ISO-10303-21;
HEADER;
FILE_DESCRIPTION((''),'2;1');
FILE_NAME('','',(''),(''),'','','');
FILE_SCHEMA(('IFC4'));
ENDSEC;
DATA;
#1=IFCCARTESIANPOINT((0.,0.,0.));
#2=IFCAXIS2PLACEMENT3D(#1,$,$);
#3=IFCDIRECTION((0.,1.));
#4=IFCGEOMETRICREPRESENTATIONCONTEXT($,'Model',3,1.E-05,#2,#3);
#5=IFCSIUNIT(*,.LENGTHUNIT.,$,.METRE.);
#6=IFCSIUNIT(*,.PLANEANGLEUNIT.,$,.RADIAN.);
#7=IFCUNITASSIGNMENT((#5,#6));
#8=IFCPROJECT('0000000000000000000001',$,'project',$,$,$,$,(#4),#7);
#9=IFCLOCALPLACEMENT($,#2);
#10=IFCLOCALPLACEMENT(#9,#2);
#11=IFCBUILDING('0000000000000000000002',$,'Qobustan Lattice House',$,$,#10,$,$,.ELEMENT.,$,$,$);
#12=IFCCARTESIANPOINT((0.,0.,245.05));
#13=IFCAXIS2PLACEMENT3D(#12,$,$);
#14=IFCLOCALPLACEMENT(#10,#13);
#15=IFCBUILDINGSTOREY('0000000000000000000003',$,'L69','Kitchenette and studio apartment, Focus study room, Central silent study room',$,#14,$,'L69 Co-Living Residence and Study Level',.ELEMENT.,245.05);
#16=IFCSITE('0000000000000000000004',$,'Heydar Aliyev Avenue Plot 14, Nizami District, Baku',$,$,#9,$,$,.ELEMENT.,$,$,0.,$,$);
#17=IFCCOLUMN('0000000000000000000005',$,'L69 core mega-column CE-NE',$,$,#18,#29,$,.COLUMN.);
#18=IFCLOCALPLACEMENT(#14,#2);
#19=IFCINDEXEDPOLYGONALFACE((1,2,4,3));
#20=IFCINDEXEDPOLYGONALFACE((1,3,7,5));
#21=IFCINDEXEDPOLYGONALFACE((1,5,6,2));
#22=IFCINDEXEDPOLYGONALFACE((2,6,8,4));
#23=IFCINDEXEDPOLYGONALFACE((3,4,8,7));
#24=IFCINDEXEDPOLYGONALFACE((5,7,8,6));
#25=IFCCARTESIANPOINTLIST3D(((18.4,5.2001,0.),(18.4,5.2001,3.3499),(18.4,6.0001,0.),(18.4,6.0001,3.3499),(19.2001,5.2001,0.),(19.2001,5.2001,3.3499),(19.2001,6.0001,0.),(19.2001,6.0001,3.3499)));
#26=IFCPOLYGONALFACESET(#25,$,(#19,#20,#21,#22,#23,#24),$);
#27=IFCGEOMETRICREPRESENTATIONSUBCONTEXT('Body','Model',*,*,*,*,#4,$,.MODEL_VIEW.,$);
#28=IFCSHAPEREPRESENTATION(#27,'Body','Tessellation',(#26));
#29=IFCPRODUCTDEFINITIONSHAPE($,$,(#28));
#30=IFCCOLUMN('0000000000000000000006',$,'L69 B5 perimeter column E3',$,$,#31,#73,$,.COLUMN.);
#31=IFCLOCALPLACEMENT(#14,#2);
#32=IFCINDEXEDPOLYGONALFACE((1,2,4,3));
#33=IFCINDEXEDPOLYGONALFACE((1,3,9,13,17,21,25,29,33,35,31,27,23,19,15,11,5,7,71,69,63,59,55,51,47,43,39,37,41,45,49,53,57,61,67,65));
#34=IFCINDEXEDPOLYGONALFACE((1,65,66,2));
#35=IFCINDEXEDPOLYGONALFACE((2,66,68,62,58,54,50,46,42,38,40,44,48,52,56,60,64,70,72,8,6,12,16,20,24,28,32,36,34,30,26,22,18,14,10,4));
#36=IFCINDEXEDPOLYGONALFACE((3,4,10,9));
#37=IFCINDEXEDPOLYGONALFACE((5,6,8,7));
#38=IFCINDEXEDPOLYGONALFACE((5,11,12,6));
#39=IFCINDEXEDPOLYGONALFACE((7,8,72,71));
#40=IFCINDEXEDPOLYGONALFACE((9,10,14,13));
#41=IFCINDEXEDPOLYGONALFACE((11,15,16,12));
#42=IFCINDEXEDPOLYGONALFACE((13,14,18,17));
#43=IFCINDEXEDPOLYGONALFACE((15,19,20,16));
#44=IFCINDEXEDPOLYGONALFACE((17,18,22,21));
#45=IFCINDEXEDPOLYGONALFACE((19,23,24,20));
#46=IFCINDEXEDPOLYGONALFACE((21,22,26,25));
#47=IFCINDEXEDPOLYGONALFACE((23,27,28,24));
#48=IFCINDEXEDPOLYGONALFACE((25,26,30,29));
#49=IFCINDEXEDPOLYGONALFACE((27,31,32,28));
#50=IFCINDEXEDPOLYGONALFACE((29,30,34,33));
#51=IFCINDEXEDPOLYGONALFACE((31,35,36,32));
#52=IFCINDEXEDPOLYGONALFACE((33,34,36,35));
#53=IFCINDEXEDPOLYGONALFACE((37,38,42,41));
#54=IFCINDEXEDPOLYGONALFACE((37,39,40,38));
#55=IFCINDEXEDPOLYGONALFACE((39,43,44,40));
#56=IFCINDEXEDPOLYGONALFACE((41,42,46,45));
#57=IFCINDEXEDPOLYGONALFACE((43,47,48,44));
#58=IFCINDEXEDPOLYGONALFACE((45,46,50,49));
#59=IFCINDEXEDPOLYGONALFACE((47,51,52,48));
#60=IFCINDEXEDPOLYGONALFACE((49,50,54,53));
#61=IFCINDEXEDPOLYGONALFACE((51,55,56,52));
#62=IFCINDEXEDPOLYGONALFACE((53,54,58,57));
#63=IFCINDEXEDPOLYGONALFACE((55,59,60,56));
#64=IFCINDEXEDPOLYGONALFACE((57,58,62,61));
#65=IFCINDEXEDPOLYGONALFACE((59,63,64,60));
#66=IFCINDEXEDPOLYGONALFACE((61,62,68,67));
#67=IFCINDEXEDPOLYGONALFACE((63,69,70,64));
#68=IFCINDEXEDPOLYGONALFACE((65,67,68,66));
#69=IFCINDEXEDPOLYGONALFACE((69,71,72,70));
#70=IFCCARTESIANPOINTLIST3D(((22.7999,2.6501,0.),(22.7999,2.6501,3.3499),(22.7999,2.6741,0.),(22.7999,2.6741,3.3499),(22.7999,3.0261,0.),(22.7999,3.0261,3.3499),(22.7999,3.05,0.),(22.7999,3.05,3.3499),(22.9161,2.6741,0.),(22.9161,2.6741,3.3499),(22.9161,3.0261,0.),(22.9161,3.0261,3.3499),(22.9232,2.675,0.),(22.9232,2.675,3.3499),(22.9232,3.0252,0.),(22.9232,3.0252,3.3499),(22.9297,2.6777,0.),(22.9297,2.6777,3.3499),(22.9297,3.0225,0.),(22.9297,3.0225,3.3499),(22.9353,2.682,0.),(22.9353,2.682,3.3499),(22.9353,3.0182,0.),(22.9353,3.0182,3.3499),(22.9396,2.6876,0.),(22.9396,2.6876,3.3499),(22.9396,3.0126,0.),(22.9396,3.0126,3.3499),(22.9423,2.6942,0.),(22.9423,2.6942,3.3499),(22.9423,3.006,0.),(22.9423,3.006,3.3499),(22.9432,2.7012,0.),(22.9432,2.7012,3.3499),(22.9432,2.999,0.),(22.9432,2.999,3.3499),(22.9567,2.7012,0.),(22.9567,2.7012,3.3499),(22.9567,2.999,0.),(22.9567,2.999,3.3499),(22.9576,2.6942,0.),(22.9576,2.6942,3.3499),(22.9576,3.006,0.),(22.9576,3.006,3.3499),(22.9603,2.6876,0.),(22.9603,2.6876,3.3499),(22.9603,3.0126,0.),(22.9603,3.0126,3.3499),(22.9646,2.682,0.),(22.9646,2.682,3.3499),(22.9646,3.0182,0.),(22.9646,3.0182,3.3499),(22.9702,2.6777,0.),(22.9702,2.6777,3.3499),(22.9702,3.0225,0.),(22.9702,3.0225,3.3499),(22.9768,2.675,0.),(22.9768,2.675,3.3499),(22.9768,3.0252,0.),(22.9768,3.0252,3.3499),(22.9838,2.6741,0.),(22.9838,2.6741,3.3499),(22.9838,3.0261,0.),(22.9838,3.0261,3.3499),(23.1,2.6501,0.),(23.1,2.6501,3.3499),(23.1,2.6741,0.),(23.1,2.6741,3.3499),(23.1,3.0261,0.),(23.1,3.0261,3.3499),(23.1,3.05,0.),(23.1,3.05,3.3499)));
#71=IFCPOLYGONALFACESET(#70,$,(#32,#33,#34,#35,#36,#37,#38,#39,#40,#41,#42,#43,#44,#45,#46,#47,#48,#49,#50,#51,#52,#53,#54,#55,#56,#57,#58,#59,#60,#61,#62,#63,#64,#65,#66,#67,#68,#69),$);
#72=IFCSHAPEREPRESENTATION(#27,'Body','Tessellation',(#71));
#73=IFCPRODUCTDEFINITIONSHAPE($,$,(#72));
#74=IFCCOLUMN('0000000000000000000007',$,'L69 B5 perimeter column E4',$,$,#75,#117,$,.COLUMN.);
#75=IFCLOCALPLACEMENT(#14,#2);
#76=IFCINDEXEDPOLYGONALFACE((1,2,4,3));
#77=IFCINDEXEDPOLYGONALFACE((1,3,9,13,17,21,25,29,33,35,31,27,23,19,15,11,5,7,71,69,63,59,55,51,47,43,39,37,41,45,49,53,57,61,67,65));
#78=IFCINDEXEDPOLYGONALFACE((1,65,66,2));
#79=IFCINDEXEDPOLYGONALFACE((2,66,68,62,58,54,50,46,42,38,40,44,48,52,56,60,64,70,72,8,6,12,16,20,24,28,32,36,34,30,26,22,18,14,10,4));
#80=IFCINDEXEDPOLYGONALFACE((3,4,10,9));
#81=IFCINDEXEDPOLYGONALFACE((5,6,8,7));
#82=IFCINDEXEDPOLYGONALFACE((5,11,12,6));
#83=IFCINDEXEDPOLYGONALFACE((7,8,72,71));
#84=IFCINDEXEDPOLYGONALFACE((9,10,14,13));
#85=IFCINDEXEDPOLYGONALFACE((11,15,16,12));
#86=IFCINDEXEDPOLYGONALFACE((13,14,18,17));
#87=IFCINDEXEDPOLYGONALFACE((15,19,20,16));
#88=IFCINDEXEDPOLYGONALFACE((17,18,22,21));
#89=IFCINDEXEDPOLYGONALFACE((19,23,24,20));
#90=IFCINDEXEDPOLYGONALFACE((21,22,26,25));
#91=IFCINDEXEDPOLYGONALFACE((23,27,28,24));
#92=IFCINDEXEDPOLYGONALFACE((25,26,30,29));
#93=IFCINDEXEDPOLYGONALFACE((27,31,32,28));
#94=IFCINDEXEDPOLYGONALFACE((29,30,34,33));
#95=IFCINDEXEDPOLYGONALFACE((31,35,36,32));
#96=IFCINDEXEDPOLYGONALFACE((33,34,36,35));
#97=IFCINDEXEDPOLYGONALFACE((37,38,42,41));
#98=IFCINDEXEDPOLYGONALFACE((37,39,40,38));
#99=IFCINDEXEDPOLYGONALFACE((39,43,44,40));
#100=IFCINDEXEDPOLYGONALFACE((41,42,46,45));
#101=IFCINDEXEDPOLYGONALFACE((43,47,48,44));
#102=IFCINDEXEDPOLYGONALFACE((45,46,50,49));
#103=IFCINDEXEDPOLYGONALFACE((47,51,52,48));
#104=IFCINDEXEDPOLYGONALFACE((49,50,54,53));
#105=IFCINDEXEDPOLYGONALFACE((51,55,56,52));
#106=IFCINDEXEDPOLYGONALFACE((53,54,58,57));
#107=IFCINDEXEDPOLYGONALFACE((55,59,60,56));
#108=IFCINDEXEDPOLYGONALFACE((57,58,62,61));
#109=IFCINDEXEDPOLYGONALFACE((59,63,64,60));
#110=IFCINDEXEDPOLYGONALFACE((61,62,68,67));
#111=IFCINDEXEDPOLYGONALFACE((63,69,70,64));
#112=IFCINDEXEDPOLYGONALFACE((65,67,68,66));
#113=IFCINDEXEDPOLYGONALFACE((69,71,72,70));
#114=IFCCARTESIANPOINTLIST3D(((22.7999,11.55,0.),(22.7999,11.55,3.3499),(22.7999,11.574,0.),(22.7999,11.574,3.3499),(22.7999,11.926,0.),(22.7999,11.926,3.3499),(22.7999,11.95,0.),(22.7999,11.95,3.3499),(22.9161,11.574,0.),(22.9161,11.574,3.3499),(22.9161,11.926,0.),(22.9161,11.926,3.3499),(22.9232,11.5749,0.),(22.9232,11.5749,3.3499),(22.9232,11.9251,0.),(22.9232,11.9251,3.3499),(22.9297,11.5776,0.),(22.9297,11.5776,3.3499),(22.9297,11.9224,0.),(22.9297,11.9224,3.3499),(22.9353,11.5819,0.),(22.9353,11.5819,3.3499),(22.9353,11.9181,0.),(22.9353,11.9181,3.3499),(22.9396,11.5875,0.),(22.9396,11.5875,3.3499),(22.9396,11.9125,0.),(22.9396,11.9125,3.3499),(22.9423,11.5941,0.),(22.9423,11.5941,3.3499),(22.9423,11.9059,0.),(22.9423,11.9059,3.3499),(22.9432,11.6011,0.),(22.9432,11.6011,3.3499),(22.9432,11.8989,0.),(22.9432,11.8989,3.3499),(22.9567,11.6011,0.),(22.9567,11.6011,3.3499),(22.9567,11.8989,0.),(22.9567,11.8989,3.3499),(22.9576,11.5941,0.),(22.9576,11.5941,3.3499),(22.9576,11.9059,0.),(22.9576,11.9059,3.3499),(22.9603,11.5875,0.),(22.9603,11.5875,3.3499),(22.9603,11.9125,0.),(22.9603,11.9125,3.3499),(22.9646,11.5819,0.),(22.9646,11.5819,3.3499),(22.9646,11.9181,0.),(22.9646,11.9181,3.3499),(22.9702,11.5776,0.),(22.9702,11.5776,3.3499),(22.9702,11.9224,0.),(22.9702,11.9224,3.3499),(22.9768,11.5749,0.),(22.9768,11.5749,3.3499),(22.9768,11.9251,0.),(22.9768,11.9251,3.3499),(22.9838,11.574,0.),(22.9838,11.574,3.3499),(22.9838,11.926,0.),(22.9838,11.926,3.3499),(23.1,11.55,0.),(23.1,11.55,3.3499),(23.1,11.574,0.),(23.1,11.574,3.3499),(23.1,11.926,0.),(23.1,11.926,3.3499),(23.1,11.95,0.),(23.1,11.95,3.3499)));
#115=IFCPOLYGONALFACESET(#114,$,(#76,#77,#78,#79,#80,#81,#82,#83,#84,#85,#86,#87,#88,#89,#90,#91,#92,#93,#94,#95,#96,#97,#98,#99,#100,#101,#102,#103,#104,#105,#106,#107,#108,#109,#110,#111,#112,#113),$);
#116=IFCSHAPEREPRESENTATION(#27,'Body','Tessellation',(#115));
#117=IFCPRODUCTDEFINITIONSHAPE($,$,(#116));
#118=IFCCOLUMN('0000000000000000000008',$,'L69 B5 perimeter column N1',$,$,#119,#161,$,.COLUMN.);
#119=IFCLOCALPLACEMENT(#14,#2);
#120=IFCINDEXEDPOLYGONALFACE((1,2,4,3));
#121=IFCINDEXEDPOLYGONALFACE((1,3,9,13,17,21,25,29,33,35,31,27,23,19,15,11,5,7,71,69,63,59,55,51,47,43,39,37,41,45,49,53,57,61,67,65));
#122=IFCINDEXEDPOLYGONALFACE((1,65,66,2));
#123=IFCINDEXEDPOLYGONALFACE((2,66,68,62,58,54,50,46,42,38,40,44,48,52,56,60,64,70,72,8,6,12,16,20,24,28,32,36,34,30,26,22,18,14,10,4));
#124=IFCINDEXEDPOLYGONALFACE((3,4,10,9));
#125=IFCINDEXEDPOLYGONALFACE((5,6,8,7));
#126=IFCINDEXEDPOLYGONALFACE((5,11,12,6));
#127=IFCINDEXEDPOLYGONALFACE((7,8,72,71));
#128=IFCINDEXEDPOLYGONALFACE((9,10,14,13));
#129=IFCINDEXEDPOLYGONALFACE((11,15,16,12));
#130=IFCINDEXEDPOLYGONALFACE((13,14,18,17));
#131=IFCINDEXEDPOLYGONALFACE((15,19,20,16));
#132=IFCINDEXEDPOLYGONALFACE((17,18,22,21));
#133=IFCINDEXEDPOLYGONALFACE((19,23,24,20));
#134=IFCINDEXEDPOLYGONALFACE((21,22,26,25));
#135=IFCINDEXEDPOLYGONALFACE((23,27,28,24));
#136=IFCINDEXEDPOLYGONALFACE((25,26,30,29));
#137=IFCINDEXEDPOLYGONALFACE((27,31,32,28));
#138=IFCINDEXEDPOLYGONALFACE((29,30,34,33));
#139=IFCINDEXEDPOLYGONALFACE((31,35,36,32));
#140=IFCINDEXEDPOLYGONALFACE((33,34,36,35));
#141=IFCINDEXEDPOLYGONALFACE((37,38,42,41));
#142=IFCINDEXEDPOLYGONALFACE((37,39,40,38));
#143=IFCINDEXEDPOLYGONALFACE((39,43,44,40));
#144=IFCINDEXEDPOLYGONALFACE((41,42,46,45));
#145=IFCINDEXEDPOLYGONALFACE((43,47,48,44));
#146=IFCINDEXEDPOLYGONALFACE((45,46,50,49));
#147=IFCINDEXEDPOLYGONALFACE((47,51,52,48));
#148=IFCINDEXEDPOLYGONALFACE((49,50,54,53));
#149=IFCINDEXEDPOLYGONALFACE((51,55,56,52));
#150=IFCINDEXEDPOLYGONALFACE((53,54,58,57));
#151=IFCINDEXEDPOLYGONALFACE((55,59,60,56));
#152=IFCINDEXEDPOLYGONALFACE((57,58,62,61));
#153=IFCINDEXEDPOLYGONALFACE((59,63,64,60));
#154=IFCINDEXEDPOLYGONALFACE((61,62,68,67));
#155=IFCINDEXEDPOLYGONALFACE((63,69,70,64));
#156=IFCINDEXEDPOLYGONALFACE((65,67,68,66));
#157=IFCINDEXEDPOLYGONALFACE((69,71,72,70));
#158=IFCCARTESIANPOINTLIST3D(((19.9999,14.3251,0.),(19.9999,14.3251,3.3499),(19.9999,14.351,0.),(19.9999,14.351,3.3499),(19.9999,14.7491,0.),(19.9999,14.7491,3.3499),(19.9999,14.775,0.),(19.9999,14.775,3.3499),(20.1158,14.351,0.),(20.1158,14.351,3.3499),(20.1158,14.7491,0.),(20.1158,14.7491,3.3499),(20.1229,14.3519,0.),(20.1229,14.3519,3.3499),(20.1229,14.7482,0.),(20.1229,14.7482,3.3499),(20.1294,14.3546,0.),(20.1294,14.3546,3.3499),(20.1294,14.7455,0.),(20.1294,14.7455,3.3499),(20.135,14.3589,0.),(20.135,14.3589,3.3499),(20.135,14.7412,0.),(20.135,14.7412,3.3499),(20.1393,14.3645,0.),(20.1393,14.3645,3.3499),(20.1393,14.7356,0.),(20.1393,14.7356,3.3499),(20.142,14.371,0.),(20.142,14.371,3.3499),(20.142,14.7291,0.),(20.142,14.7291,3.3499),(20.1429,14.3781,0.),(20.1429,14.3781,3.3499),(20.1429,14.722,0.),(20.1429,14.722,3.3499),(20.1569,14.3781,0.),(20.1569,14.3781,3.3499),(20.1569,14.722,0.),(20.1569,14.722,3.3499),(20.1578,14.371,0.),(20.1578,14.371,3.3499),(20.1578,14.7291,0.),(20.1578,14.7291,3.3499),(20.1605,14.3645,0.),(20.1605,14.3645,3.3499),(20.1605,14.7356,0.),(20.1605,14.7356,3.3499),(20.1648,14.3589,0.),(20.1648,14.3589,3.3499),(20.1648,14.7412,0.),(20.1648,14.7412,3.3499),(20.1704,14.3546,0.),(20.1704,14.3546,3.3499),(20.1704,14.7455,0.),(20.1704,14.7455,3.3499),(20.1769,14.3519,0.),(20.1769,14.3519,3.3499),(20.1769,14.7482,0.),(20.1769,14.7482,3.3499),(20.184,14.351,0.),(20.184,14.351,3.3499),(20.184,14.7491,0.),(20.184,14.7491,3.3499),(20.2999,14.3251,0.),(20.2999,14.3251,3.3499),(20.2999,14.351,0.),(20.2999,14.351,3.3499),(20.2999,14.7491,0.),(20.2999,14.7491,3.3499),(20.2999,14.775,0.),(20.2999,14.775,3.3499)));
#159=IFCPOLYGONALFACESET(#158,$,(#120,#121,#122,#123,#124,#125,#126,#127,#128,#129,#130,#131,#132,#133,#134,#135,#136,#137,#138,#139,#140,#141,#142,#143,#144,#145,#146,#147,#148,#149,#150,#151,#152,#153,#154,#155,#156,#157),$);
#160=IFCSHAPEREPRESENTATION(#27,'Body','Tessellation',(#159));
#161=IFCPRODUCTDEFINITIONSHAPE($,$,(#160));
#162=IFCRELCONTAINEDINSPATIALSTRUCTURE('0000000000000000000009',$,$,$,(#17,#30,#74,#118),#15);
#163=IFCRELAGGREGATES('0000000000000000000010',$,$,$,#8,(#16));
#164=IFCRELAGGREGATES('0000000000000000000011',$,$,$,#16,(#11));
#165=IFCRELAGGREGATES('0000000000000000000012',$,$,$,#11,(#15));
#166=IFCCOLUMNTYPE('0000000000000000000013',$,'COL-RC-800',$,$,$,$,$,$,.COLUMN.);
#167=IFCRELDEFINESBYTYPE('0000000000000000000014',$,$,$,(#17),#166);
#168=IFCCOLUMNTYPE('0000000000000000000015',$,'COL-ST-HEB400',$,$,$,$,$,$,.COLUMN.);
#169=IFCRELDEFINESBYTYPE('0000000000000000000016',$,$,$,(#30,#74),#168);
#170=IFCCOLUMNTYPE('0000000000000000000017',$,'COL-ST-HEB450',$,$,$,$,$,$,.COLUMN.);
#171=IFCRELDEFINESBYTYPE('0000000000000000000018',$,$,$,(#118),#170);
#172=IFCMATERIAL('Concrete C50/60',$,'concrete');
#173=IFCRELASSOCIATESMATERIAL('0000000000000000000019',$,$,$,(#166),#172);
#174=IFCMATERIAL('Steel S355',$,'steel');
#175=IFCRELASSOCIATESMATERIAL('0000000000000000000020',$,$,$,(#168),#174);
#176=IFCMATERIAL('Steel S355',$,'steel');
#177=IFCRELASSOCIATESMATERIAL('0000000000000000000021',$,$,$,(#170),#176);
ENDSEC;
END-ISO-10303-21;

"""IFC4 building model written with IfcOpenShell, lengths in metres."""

from ifc_helpers import new_model, si_unit, direction, frame, origin, origin_2d, place, context, subcontext, project, spatial, rectangle, i_section, extrude, material, material_profile, profile_set, type_object, element, save


model = new_model("IFC4")

# Units and contexts
model_context = context("Model", 3, precision=1e-05, world=origin(), true_north=direction((0.0, 1.0)))
body_context = subcontext(model_context, "Body", "Model", "MODEL_VIEW")
ifc_project = project(units=[si_unit("LENGTHUNIT", "METRE"), si_unit("PLANEANGLEUNIT", "RADIAN")], contexts=[model_context])

# Site, building, storey
site_placement = place(None, origin())
site = spatial("IfcSite", under=ifc_project, at=site_placement, Name="Heydar Aliyev Avenue Plot 14, Nizami District, Baku", CompositionType="ELEMENT", RefElevation=0.0)
building_placement = place(site_placement, origin())
building = spatial("IfcBuilding", under=site, at=building_placement, Name="Qobustan Lattice House", CompositionType="ELEMENT")
storey_placement = place(building_placement, frame((0.0, 0.0, 245.05)))
storey = spatial("IfcBuildingStorey", under=building, at=storey_placement, Name="L69", Description="Kitchenette and studio apartment, Focus study room, Central silent study room", LongName="L69 Co-Living Residence and Study Level", CompositionType="ELEMENT", Elevation=245.05)

# Columns
ifc_material_1 = material(Name="Concrete C50/60", Category="concrete")
ifc_material_profile_1 = material_profile(ifc_material_1, rectangle(XDim=0.8, YDim=0.8, at=origin_2d()), Name="RC800x800")
ifc_profile_set_1 = profile_set([ifc_material_profile_1], Name="Concrete C50/60")
column_type_1 = type_object("IfcColumnType", Name="COL-RC-800", PredefinedType="COLUMN", material=ifc_profile_set_1)
column_1_placement = place(storey_placement, frame((18.8, 5.6001, 0.0), z_axis=(0.0, 0.0, 1.0), x_axis=(1.0, 0.0, 0.0)))
element("IfcColumn", 1, at=column_1_placement, inside=storey, type_object=column_type_1, Name="L69 core mega-column CE-NE", PredefinedType="COLUMN", context=body_context, shape_type="SweptSolid", body=[
    extrude(rectangle(XDim=0.8, YDim=0.8, at=origin_2d()), origin(), (0.0, 0.0, 1.0), 3.3499),
])
ifc_material_2 = material(Name="Steel S355", Category="steel")
ifc_material_profile_2 = material_profile(ifc_material_2, i_section(OverallWidth=0.3, OverallDepth=0.3999, WebThickness=0.0134, FlangeThickness=0.0239, FilletRadius=0.0271, at=origin_2d()), Name="HEB400")
ifc_profile_set_2 = profile_set([ifc_material_profile_2], Name="Steel S355")
column_type_2 = type_object("IfcColumnType", Name="COL-ST-HEB400", PredefinedType="COLUMN", material=ifc_profile_set_2)
for number, where, z_axis, x_axis, name in (
    (2, (22.95, 2.8501, 0.0), (0.0, 0.0, 1.0), (1.0, 0.0, 0.0), "L69 B5 perimeter column E3"),
    (3, (22.95, 11.75, 0.0), (0.0, 0.0, 1.0), (1.0, 0.0, 0.0), "L69 B5 perimeter column E4"),
):
    element("IfcColumn", number, at=place(storey_placement, frame(where, z_axis=z_axis, x_axis=x_axis)), inside=storey, type_object=column_type_2, Name=name, PredefinedType="COLUMN", context=body_context, shape_type="SweptSolid", body=[
        extrude(i_section(OverallWidth=0.3, OverallDepth=0.3999, WebThickness=0.0134, FlangeThickness=0.0239, FilletRadius=0.0271, at=origin_2d()), origin(), (0.0, 0.0, 1.0), 3.3499),
    ])
ifc_material_3 = material(Name="Steel S355", Category="steel")
ifc_material_profile_3 = material_profile(ifc_material_3, i_section(OverallWidth=0.3, OverallDepth=0.45, WebThickness=0.0139, FlangeThickness=0.0259, FilletRadius=0.0271, at=origin_2d()), Name="HEB450")
ifc_profile_set_3 = profile_set([ifc_material_profile_3], Name="Steel S355")
column_type_3 = type_object("IfcColumnType", Name="COL-ST-HEB450", PredefinedType="COLUMN", material=ifc_profile_set_3)
column_2_placement = place(storey_placement, frame((20.1499, 14.55, 0.0), z_axis=(0.0, 0.0, 1.0), x_axis=(1.0, 0.0, 0.0)))
element("IfcColumn", 4, at=column_2_placement, inside=storey, type_object=column_type_3, Name="L69 B5 perimeter column N1", PredefinedType="COLUMN", context=body_context, shape_type="SweptSolid", body=[
    extrude(i_section(OverallWidth=0.3, OverallDepth=0.45, WebThickness=0.0139, FlangeThickness=0.0259, FilletRadius=0.0271, at=origin_2d()), origin(), (0.0, 0.0, 1.0), 3.3499),
])

save(model, "model.ifc")
